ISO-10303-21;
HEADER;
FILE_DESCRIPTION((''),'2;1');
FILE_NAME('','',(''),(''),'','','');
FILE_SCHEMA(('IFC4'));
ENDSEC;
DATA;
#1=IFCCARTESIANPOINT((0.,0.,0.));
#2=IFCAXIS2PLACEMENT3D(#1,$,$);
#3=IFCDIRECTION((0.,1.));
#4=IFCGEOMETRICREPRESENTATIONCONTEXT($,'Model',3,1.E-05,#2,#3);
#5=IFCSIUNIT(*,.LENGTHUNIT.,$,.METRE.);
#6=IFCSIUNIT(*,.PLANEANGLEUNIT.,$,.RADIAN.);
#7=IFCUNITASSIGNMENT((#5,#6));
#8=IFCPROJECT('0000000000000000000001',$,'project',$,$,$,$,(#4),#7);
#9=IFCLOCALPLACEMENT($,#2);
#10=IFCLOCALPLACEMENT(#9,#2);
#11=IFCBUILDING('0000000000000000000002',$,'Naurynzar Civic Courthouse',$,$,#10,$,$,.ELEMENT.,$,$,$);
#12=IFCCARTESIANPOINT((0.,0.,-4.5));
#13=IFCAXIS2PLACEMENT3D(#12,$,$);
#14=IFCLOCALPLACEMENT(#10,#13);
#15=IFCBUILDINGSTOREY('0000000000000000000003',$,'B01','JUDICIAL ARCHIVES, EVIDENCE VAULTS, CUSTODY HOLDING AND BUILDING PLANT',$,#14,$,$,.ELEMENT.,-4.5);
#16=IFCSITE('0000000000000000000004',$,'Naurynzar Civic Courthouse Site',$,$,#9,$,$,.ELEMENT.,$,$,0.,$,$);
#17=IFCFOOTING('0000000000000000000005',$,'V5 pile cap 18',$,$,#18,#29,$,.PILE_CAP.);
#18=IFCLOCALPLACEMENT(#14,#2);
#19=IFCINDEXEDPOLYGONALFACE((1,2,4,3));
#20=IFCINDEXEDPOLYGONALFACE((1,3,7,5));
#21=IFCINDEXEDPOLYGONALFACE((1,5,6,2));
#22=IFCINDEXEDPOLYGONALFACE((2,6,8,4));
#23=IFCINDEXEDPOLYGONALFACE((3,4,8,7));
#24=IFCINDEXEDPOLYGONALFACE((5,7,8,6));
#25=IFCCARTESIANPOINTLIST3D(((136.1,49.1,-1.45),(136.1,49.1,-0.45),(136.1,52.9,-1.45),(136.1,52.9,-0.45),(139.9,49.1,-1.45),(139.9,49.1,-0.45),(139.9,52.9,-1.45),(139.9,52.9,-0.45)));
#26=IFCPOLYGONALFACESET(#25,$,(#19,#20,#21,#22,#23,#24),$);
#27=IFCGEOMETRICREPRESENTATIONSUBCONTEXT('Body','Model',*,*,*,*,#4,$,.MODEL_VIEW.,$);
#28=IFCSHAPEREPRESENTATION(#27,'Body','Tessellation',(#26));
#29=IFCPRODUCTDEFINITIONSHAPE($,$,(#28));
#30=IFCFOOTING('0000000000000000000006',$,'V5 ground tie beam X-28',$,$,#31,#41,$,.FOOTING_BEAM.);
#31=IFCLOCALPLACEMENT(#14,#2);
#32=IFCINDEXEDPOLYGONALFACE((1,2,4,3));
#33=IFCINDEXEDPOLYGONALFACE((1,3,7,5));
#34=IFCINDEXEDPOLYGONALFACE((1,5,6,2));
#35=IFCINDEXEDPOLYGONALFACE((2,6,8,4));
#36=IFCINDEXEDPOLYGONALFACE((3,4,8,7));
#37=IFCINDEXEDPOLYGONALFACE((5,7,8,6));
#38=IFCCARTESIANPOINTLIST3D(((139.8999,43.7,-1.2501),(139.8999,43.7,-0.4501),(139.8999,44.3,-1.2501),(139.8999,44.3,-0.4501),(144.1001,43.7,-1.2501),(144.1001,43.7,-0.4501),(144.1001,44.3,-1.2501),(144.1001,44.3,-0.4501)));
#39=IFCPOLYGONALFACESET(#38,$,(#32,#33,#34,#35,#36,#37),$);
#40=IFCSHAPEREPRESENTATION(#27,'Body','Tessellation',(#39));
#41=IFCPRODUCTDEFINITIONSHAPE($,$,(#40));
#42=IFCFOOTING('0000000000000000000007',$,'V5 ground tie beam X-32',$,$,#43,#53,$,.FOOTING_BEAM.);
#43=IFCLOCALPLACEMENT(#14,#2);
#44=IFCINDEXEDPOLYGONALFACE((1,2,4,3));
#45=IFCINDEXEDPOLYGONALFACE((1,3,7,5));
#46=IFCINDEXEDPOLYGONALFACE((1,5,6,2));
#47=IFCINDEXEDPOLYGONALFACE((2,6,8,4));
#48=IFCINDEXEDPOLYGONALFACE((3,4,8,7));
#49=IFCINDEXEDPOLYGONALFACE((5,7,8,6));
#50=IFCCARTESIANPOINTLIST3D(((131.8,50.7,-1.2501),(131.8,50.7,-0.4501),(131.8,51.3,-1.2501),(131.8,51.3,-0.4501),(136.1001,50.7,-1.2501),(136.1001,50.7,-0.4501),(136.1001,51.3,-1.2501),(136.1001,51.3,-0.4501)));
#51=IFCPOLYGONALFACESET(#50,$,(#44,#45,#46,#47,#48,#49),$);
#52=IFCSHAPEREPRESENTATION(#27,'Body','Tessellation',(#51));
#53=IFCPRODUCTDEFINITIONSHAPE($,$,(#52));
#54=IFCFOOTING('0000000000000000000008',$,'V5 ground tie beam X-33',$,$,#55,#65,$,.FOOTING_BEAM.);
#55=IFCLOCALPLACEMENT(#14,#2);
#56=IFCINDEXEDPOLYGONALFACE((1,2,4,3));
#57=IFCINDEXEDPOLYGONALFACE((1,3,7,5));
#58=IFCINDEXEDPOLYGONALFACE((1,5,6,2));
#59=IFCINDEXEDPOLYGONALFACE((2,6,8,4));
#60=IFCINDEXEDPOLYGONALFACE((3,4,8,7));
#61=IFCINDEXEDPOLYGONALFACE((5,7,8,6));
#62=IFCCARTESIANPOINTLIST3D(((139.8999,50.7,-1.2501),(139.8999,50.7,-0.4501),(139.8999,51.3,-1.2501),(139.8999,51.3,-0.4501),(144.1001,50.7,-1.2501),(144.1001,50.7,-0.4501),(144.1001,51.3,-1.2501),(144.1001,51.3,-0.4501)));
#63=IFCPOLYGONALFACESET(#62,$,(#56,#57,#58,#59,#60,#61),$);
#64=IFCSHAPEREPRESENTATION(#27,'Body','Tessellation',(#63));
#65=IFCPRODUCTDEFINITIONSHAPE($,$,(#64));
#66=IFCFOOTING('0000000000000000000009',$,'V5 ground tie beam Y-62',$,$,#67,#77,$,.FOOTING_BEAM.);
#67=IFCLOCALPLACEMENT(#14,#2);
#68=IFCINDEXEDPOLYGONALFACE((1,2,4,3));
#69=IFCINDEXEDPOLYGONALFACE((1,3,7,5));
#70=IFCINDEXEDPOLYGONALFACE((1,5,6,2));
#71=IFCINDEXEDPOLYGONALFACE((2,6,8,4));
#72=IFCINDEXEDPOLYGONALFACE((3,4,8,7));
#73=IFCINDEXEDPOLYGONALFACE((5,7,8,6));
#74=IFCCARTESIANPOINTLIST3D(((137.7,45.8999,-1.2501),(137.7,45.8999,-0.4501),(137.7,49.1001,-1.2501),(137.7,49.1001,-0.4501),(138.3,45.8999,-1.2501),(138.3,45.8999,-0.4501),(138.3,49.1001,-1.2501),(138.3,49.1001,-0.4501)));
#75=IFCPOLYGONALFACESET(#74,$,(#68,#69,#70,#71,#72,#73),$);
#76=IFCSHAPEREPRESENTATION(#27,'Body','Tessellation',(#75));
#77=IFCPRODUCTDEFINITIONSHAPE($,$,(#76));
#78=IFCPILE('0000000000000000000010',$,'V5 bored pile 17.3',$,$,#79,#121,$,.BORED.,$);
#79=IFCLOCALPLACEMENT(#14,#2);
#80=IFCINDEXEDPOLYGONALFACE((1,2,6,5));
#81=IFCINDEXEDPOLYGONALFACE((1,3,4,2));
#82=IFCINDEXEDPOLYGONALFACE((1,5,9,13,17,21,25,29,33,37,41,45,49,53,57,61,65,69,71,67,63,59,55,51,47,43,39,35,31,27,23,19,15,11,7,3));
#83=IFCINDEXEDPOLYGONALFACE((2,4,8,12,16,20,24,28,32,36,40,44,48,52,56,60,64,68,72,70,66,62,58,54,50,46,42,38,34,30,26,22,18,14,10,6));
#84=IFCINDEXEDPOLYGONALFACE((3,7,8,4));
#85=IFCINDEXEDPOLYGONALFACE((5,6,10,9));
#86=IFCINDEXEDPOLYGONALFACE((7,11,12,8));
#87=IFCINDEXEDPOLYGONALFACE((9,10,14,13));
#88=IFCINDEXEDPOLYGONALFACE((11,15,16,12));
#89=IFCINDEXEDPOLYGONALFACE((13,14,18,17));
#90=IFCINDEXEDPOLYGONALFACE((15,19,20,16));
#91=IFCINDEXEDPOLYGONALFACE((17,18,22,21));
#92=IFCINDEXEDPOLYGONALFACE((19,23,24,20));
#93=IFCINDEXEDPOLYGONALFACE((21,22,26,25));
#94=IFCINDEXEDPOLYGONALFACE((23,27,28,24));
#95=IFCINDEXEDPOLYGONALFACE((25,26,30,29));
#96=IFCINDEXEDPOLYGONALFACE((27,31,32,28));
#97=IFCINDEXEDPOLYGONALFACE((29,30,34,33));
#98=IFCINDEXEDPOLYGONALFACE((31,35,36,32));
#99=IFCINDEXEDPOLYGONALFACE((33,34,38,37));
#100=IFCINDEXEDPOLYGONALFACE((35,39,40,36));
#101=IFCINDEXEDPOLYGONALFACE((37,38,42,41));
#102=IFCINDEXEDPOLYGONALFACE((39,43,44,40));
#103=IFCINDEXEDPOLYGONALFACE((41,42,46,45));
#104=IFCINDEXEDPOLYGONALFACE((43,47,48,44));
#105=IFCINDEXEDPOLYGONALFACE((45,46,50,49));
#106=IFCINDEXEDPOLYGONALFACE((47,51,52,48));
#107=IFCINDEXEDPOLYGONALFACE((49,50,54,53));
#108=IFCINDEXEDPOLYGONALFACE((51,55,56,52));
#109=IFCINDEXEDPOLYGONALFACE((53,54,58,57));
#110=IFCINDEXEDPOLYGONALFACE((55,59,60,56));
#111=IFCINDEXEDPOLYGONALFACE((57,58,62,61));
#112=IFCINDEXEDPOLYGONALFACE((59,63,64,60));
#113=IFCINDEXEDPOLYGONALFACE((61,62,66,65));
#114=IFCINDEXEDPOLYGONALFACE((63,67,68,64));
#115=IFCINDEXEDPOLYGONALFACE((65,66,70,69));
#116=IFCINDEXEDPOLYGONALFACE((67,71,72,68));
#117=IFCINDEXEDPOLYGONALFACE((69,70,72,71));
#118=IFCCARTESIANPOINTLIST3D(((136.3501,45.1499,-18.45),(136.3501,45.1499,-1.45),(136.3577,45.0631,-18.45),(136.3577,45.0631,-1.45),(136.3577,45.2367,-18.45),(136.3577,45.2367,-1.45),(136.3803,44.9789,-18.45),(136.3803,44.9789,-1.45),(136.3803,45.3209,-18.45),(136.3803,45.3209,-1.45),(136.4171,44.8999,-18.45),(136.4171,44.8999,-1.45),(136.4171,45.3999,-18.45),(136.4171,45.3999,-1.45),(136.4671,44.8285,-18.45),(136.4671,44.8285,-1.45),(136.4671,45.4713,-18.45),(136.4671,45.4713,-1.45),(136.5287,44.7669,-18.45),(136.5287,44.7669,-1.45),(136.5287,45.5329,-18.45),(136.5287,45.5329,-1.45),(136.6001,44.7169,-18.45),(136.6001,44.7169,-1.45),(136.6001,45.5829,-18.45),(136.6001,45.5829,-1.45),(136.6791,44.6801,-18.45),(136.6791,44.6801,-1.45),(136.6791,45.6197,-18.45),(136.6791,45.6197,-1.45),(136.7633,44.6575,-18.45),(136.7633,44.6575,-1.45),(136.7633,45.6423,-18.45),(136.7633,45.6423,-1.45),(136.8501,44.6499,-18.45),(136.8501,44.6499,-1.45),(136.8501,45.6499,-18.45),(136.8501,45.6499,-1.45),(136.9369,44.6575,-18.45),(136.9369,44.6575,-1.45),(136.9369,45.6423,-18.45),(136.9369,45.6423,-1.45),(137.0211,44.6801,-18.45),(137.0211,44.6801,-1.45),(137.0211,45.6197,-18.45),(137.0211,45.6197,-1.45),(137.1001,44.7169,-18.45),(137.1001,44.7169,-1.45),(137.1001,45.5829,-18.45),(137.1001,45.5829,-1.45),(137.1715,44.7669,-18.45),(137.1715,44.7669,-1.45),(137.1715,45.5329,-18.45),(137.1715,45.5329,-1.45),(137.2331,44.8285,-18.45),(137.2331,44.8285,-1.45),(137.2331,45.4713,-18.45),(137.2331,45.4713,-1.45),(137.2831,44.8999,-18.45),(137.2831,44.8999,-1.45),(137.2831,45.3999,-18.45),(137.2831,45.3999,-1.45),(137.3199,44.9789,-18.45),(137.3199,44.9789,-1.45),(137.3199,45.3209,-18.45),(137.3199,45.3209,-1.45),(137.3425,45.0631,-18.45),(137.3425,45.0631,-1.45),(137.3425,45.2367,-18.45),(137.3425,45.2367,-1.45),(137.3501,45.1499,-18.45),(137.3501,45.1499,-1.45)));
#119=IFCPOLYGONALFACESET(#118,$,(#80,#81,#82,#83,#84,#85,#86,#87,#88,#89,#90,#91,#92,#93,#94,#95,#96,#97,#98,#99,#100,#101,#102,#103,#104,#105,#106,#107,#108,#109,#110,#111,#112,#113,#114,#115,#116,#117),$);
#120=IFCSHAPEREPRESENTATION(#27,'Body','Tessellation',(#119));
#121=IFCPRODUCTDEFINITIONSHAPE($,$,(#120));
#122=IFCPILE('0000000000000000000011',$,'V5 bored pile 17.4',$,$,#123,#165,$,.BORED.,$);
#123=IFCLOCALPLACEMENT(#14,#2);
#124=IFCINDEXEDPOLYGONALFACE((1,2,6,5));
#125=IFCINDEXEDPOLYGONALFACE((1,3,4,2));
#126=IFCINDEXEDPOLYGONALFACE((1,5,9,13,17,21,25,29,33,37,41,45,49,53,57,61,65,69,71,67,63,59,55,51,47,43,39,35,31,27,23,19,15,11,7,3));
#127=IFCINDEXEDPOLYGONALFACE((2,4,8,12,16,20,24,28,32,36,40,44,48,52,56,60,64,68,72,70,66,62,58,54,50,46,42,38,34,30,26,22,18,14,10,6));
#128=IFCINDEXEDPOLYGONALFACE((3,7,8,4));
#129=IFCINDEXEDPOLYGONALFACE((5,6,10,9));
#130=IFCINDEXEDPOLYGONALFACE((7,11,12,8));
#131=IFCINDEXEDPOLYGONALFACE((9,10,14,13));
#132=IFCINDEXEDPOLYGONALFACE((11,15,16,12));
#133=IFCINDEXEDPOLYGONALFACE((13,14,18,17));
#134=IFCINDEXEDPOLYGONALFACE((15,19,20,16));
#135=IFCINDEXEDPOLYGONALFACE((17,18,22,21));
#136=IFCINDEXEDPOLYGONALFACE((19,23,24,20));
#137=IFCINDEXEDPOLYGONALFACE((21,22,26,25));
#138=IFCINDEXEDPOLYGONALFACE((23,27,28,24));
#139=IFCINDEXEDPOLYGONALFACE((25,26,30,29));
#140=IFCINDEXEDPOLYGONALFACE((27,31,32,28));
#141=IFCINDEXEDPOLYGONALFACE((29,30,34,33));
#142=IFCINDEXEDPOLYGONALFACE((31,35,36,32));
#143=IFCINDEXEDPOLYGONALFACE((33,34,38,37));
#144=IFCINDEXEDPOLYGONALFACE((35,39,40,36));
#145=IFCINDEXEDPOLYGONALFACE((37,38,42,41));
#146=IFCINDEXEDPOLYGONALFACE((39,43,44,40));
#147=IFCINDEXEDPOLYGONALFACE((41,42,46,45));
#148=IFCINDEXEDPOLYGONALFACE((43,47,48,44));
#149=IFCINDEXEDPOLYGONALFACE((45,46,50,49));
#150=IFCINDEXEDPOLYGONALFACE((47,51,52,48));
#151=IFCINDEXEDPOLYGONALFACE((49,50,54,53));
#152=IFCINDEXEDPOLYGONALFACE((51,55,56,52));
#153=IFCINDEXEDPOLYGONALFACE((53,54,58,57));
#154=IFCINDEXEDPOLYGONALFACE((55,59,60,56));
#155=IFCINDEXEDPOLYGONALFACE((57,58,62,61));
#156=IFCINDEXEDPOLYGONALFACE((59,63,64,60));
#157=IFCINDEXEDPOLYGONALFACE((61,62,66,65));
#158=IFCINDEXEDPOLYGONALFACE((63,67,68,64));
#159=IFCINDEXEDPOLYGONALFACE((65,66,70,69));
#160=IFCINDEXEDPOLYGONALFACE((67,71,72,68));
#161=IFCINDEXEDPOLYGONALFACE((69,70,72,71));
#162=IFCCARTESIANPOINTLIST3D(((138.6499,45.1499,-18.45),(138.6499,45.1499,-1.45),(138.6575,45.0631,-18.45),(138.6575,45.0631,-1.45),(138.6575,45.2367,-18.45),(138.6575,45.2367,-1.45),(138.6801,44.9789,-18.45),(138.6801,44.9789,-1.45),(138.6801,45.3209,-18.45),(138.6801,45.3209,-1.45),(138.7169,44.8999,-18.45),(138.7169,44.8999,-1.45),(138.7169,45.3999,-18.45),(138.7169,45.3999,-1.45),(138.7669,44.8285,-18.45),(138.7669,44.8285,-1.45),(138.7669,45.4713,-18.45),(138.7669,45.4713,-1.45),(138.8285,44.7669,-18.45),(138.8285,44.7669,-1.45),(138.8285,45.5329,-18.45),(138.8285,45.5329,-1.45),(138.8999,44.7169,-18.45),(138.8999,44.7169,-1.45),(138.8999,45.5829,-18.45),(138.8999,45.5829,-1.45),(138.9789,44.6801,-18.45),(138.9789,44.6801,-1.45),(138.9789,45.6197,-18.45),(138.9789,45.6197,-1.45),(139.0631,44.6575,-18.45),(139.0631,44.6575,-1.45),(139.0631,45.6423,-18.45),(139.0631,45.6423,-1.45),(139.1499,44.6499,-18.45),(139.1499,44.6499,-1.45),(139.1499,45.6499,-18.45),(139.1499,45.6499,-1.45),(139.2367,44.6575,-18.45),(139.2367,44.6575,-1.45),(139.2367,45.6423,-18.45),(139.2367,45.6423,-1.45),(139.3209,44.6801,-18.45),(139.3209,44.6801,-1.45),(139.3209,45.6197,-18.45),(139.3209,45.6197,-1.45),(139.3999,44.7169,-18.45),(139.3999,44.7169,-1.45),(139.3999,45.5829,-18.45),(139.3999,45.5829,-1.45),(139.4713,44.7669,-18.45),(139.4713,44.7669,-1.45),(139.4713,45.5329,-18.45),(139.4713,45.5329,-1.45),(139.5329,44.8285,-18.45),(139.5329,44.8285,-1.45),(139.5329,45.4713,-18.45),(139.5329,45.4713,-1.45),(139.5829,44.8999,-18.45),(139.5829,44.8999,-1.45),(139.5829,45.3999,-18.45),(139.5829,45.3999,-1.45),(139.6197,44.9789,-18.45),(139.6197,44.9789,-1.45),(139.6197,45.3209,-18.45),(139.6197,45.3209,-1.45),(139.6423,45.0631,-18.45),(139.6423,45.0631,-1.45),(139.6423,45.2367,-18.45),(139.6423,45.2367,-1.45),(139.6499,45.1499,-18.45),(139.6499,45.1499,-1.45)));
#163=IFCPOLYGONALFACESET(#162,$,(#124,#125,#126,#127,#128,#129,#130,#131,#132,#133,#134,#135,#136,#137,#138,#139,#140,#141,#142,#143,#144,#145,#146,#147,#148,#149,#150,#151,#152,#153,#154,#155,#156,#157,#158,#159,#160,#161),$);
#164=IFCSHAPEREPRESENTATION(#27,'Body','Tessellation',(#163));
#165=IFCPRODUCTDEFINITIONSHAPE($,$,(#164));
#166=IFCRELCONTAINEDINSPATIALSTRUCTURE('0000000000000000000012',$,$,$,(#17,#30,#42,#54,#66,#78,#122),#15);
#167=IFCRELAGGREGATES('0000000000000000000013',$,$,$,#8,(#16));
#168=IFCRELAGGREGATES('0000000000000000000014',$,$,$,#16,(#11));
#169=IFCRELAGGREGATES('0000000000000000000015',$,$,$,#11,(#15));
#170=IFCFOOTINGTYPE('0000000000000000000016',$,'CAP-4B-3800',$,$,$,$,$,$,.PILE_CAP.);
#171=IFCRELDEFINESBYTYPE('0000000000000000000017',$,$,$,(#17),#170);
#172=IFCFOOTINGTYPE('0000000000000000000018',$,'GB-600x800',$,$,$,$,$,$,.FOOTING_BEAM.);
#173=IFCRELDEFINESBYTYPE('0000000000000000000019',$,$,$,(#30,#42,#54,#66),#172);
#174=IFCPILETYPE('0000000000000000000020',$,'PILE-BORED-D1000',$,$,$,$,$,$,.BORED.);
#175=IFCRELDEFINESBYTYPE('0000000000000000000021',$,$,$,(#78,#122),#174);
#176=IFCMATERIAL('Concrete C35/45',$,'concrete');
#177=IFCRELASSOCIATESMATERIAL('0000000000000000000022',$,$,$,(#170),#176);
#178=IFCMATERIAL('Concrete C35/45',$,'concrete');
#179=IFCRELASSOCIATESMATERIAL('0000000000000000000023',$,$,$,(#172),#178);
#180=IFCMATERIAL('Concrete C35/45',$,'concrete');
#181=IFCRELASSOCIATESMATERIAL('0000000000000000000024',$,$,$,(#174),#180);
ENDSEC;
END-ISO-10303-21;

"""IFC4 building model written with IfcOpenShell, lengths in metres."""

from ifc_helpers import new_model, si_unit, direction, frame, origin, origin_2d, place, context, subcontext, project, spatial, rectangle, circle, extrude, material, material_profile, profile_set, type_object, element, save


model = new_model("IFC4")

# Units and contexts
model_context = context("Model", 3, precision=1e-05, world=origin(), true_north=direction((0.0, 1.0)))
body_context = subcontext(model_context, "Body", "Model", "MODEL_VIEW")
ifc_project = project(units=[si_unit("LENGTHUNIT", "METRE"), si_unit("PLANEANGLEUNIT", "RADIAN")], contexts=[model_context])

# Site, building, storey
site_placement = place(None, origin())
site = spatial("IfcSite", under=ifc_project, at=site_placement, Name="Naurynzar Civic Courthouse Site", CompositionType="ELEMENT", RefElevation=0.0)
building_placement = place(site_placement, origin())
building = spatial("IfcBuilding", under=site, at=building_placement, Name="Naurynzar Civic Courthouse", CompositionType="ELEMENT")
storey_placement = place(building_placement, frame((0.0, 0.0, -4.5)))
storey = spatial("IfcBuildingStorey", under=building, at=storey_placement, Name="B01", Description="JUDICIAL ARCHIVES, EVIDENCE VAULTS, CUSTODY HOLDING AND BUILDING PLANT", CompositionType="ELEMENT", Elevation=-4.5)

# Footings
ifc_material_1 = material(Name="Concrete C35/45", Category="concrete")
footing_type_1 = type_object("IfcFootingType", Name="CAP-4B-3800", PredefinedType="PILE_CAP", material=ifc_material_1)
footing_1_placement = place(storey_placement, frame((138.0, 51.0, -1.45), z_axis=(0.0, 0.0, 1.0), x_axis=(1.0, 0.0, 0.0)))
element("IfcFooting", 1, at=footing_1_placement, inside=storey, type_object=footing_type_1, Name="V5 pile cap 18", PredefinedType="PILE_CAP", context=body_context, shape_type="SweptSolid", body=[
    extrude(rectangle(XDim=3.8, YDim=3.8, at=origin_2d()), origin(), (0.0, 0.0, 1.0), 1.0),
])
ifc_material_2 = material(Name="Concrete C35/45", Category="concrete")
ifc_material_profile_1 = material_profile(ifc_material_2, rectangle(XDim=0.6001, YDim=0.8, at=origin_2d()), Name="GB 600x800")
ifc_profile_set_1 = profile_set([ifc_material_profile_1], Name="Concrete C35/45")
footing_type_2 = type_object("IfcFootingType", Name="GB-600x800", PredefinedType="FOOTING_BEAM", material=ifc_profile_set_1)
footing_2_placement = place(storey_placement, frame((139.8999, 44.0, -0.8501), z_axis=(1.0, 0.0, 0.0), x_axis=(0.0, 1.0, 0.0)))
element("IfcFooting", 2, at=footing_2_placement, inside=storey, type_object=footing_type_2, Name="V5 ground tie beam X-28", PredefinedType="FOOTING_BEAM", context=body_context, shape_type="SweptSolid", body=[
    extrude(rectangle(XDim=0.6001, YDim=0.8, at=origin_2d()), origin(), (0.0, 0.0, 1.0), 4.2002),
])
footing_3_placement = place(storey_placement, frame((131.8, 51.0, -0.8501), z_axis=(1.0, 0.0, 0.0), x_axis=(0.0, 1.0, 0.0)))
element("IfcFooting", 3, at=footing_3_placement, inside=storey, type_object=footing_type_2, Name="V5 ground tie beam X-32", PredefinedType="FOOTING_BEAM", context=body_context, shape_type="SweptSolid", body=[
    extrude(rectangle(XDim=0.6001, YDim=0.8, at=origin_2d()), origin(), (0.0, 0.0, 1.0), 4.3),
])
footing_4_placement = place(storey_placement, frame((139.8999, 51.0, -0.8501), z_axis=(1.0, 0.0, 0.0), x_axis=(0.0, 1.0, 0.0)))
element("IfcFooting", 4, at=footing_4_placement, inside=storey, type_object=footing_type_2, Name="V5 ground tie beam X-33", PredefinedType="FOOTING_BEAM", context=body_context, shape_type="SweptSolid", body=[
    extrude(rectangle(XDim=0.6001, YDim=0.8, at=origin_2d()), origin(), (0.0, 0.0, 1.0), 4.2002),
])
footing_5_placement = place(storey_placement, frame((138.0, 45.8999, -0.8501), z_axis=(0.0, 1.0, 0.0), x_axis=(-1.0, 0.0, 0.0)))
element("IfcFooting", 5, at=footing_5_placement, inside=storey, type_object=footing_type_2, Name="V5 ground tie beam Y-62", PredefinedType="FOOTING_BEAM", context=body_context, shape_type="SweptSolid", body=[
    extrude(rectangle(XDim=0.6001, YDim=0.8, at=origin_2d()), origin(), (0.0, 0.0, 1.0), 3.2002),
])

# Piles
ifc_material_3 = material(Name="Concrete C35/45", Category="concrete")
ifc_material_profile_2 = material_profile(ifc_material_3, circle(Radius=0.5, at=origin_2d()), Name="PILE D1000")
ifc_profile_set_2 = profile_set([ifc_material_profile_2], Name="Concrete C35/45")
pile_type_1 = type_object("IfcPileType", Name="PILE-BORED-D1000", PredefinedType="BORED", material=ifc_profile_set_2)
for number, where, z_axis, x_axis, name in (
    (6, (136.8501, 45.1499, -1.45), (0.0, 0.0, -1.0), (1.0, 0.0, 0.0), "V5 bored pile 17.3"),
    (7, (139.1499, 45.1499, -1.45), (0.0, 0.0, -1.0), (1.0, 0.0, 0.0), "V5 bored pile 17.4"),
):
    element("IfcPile", number, at=place(storey_placement, frame(where, z_axis=z_axis, x_axis=x_axis)), inside=storey, type_object=pile_type_1, Name=name, PredefinedType="BORED", context=body_context, shape_type="SweptSolid", body=[
        extrude(circle(Radius=0.5, at=origin_2d()), origin(), (0.0, 0.0, 1.0), 17.0),
    ])

save(model, "model.ifc")
